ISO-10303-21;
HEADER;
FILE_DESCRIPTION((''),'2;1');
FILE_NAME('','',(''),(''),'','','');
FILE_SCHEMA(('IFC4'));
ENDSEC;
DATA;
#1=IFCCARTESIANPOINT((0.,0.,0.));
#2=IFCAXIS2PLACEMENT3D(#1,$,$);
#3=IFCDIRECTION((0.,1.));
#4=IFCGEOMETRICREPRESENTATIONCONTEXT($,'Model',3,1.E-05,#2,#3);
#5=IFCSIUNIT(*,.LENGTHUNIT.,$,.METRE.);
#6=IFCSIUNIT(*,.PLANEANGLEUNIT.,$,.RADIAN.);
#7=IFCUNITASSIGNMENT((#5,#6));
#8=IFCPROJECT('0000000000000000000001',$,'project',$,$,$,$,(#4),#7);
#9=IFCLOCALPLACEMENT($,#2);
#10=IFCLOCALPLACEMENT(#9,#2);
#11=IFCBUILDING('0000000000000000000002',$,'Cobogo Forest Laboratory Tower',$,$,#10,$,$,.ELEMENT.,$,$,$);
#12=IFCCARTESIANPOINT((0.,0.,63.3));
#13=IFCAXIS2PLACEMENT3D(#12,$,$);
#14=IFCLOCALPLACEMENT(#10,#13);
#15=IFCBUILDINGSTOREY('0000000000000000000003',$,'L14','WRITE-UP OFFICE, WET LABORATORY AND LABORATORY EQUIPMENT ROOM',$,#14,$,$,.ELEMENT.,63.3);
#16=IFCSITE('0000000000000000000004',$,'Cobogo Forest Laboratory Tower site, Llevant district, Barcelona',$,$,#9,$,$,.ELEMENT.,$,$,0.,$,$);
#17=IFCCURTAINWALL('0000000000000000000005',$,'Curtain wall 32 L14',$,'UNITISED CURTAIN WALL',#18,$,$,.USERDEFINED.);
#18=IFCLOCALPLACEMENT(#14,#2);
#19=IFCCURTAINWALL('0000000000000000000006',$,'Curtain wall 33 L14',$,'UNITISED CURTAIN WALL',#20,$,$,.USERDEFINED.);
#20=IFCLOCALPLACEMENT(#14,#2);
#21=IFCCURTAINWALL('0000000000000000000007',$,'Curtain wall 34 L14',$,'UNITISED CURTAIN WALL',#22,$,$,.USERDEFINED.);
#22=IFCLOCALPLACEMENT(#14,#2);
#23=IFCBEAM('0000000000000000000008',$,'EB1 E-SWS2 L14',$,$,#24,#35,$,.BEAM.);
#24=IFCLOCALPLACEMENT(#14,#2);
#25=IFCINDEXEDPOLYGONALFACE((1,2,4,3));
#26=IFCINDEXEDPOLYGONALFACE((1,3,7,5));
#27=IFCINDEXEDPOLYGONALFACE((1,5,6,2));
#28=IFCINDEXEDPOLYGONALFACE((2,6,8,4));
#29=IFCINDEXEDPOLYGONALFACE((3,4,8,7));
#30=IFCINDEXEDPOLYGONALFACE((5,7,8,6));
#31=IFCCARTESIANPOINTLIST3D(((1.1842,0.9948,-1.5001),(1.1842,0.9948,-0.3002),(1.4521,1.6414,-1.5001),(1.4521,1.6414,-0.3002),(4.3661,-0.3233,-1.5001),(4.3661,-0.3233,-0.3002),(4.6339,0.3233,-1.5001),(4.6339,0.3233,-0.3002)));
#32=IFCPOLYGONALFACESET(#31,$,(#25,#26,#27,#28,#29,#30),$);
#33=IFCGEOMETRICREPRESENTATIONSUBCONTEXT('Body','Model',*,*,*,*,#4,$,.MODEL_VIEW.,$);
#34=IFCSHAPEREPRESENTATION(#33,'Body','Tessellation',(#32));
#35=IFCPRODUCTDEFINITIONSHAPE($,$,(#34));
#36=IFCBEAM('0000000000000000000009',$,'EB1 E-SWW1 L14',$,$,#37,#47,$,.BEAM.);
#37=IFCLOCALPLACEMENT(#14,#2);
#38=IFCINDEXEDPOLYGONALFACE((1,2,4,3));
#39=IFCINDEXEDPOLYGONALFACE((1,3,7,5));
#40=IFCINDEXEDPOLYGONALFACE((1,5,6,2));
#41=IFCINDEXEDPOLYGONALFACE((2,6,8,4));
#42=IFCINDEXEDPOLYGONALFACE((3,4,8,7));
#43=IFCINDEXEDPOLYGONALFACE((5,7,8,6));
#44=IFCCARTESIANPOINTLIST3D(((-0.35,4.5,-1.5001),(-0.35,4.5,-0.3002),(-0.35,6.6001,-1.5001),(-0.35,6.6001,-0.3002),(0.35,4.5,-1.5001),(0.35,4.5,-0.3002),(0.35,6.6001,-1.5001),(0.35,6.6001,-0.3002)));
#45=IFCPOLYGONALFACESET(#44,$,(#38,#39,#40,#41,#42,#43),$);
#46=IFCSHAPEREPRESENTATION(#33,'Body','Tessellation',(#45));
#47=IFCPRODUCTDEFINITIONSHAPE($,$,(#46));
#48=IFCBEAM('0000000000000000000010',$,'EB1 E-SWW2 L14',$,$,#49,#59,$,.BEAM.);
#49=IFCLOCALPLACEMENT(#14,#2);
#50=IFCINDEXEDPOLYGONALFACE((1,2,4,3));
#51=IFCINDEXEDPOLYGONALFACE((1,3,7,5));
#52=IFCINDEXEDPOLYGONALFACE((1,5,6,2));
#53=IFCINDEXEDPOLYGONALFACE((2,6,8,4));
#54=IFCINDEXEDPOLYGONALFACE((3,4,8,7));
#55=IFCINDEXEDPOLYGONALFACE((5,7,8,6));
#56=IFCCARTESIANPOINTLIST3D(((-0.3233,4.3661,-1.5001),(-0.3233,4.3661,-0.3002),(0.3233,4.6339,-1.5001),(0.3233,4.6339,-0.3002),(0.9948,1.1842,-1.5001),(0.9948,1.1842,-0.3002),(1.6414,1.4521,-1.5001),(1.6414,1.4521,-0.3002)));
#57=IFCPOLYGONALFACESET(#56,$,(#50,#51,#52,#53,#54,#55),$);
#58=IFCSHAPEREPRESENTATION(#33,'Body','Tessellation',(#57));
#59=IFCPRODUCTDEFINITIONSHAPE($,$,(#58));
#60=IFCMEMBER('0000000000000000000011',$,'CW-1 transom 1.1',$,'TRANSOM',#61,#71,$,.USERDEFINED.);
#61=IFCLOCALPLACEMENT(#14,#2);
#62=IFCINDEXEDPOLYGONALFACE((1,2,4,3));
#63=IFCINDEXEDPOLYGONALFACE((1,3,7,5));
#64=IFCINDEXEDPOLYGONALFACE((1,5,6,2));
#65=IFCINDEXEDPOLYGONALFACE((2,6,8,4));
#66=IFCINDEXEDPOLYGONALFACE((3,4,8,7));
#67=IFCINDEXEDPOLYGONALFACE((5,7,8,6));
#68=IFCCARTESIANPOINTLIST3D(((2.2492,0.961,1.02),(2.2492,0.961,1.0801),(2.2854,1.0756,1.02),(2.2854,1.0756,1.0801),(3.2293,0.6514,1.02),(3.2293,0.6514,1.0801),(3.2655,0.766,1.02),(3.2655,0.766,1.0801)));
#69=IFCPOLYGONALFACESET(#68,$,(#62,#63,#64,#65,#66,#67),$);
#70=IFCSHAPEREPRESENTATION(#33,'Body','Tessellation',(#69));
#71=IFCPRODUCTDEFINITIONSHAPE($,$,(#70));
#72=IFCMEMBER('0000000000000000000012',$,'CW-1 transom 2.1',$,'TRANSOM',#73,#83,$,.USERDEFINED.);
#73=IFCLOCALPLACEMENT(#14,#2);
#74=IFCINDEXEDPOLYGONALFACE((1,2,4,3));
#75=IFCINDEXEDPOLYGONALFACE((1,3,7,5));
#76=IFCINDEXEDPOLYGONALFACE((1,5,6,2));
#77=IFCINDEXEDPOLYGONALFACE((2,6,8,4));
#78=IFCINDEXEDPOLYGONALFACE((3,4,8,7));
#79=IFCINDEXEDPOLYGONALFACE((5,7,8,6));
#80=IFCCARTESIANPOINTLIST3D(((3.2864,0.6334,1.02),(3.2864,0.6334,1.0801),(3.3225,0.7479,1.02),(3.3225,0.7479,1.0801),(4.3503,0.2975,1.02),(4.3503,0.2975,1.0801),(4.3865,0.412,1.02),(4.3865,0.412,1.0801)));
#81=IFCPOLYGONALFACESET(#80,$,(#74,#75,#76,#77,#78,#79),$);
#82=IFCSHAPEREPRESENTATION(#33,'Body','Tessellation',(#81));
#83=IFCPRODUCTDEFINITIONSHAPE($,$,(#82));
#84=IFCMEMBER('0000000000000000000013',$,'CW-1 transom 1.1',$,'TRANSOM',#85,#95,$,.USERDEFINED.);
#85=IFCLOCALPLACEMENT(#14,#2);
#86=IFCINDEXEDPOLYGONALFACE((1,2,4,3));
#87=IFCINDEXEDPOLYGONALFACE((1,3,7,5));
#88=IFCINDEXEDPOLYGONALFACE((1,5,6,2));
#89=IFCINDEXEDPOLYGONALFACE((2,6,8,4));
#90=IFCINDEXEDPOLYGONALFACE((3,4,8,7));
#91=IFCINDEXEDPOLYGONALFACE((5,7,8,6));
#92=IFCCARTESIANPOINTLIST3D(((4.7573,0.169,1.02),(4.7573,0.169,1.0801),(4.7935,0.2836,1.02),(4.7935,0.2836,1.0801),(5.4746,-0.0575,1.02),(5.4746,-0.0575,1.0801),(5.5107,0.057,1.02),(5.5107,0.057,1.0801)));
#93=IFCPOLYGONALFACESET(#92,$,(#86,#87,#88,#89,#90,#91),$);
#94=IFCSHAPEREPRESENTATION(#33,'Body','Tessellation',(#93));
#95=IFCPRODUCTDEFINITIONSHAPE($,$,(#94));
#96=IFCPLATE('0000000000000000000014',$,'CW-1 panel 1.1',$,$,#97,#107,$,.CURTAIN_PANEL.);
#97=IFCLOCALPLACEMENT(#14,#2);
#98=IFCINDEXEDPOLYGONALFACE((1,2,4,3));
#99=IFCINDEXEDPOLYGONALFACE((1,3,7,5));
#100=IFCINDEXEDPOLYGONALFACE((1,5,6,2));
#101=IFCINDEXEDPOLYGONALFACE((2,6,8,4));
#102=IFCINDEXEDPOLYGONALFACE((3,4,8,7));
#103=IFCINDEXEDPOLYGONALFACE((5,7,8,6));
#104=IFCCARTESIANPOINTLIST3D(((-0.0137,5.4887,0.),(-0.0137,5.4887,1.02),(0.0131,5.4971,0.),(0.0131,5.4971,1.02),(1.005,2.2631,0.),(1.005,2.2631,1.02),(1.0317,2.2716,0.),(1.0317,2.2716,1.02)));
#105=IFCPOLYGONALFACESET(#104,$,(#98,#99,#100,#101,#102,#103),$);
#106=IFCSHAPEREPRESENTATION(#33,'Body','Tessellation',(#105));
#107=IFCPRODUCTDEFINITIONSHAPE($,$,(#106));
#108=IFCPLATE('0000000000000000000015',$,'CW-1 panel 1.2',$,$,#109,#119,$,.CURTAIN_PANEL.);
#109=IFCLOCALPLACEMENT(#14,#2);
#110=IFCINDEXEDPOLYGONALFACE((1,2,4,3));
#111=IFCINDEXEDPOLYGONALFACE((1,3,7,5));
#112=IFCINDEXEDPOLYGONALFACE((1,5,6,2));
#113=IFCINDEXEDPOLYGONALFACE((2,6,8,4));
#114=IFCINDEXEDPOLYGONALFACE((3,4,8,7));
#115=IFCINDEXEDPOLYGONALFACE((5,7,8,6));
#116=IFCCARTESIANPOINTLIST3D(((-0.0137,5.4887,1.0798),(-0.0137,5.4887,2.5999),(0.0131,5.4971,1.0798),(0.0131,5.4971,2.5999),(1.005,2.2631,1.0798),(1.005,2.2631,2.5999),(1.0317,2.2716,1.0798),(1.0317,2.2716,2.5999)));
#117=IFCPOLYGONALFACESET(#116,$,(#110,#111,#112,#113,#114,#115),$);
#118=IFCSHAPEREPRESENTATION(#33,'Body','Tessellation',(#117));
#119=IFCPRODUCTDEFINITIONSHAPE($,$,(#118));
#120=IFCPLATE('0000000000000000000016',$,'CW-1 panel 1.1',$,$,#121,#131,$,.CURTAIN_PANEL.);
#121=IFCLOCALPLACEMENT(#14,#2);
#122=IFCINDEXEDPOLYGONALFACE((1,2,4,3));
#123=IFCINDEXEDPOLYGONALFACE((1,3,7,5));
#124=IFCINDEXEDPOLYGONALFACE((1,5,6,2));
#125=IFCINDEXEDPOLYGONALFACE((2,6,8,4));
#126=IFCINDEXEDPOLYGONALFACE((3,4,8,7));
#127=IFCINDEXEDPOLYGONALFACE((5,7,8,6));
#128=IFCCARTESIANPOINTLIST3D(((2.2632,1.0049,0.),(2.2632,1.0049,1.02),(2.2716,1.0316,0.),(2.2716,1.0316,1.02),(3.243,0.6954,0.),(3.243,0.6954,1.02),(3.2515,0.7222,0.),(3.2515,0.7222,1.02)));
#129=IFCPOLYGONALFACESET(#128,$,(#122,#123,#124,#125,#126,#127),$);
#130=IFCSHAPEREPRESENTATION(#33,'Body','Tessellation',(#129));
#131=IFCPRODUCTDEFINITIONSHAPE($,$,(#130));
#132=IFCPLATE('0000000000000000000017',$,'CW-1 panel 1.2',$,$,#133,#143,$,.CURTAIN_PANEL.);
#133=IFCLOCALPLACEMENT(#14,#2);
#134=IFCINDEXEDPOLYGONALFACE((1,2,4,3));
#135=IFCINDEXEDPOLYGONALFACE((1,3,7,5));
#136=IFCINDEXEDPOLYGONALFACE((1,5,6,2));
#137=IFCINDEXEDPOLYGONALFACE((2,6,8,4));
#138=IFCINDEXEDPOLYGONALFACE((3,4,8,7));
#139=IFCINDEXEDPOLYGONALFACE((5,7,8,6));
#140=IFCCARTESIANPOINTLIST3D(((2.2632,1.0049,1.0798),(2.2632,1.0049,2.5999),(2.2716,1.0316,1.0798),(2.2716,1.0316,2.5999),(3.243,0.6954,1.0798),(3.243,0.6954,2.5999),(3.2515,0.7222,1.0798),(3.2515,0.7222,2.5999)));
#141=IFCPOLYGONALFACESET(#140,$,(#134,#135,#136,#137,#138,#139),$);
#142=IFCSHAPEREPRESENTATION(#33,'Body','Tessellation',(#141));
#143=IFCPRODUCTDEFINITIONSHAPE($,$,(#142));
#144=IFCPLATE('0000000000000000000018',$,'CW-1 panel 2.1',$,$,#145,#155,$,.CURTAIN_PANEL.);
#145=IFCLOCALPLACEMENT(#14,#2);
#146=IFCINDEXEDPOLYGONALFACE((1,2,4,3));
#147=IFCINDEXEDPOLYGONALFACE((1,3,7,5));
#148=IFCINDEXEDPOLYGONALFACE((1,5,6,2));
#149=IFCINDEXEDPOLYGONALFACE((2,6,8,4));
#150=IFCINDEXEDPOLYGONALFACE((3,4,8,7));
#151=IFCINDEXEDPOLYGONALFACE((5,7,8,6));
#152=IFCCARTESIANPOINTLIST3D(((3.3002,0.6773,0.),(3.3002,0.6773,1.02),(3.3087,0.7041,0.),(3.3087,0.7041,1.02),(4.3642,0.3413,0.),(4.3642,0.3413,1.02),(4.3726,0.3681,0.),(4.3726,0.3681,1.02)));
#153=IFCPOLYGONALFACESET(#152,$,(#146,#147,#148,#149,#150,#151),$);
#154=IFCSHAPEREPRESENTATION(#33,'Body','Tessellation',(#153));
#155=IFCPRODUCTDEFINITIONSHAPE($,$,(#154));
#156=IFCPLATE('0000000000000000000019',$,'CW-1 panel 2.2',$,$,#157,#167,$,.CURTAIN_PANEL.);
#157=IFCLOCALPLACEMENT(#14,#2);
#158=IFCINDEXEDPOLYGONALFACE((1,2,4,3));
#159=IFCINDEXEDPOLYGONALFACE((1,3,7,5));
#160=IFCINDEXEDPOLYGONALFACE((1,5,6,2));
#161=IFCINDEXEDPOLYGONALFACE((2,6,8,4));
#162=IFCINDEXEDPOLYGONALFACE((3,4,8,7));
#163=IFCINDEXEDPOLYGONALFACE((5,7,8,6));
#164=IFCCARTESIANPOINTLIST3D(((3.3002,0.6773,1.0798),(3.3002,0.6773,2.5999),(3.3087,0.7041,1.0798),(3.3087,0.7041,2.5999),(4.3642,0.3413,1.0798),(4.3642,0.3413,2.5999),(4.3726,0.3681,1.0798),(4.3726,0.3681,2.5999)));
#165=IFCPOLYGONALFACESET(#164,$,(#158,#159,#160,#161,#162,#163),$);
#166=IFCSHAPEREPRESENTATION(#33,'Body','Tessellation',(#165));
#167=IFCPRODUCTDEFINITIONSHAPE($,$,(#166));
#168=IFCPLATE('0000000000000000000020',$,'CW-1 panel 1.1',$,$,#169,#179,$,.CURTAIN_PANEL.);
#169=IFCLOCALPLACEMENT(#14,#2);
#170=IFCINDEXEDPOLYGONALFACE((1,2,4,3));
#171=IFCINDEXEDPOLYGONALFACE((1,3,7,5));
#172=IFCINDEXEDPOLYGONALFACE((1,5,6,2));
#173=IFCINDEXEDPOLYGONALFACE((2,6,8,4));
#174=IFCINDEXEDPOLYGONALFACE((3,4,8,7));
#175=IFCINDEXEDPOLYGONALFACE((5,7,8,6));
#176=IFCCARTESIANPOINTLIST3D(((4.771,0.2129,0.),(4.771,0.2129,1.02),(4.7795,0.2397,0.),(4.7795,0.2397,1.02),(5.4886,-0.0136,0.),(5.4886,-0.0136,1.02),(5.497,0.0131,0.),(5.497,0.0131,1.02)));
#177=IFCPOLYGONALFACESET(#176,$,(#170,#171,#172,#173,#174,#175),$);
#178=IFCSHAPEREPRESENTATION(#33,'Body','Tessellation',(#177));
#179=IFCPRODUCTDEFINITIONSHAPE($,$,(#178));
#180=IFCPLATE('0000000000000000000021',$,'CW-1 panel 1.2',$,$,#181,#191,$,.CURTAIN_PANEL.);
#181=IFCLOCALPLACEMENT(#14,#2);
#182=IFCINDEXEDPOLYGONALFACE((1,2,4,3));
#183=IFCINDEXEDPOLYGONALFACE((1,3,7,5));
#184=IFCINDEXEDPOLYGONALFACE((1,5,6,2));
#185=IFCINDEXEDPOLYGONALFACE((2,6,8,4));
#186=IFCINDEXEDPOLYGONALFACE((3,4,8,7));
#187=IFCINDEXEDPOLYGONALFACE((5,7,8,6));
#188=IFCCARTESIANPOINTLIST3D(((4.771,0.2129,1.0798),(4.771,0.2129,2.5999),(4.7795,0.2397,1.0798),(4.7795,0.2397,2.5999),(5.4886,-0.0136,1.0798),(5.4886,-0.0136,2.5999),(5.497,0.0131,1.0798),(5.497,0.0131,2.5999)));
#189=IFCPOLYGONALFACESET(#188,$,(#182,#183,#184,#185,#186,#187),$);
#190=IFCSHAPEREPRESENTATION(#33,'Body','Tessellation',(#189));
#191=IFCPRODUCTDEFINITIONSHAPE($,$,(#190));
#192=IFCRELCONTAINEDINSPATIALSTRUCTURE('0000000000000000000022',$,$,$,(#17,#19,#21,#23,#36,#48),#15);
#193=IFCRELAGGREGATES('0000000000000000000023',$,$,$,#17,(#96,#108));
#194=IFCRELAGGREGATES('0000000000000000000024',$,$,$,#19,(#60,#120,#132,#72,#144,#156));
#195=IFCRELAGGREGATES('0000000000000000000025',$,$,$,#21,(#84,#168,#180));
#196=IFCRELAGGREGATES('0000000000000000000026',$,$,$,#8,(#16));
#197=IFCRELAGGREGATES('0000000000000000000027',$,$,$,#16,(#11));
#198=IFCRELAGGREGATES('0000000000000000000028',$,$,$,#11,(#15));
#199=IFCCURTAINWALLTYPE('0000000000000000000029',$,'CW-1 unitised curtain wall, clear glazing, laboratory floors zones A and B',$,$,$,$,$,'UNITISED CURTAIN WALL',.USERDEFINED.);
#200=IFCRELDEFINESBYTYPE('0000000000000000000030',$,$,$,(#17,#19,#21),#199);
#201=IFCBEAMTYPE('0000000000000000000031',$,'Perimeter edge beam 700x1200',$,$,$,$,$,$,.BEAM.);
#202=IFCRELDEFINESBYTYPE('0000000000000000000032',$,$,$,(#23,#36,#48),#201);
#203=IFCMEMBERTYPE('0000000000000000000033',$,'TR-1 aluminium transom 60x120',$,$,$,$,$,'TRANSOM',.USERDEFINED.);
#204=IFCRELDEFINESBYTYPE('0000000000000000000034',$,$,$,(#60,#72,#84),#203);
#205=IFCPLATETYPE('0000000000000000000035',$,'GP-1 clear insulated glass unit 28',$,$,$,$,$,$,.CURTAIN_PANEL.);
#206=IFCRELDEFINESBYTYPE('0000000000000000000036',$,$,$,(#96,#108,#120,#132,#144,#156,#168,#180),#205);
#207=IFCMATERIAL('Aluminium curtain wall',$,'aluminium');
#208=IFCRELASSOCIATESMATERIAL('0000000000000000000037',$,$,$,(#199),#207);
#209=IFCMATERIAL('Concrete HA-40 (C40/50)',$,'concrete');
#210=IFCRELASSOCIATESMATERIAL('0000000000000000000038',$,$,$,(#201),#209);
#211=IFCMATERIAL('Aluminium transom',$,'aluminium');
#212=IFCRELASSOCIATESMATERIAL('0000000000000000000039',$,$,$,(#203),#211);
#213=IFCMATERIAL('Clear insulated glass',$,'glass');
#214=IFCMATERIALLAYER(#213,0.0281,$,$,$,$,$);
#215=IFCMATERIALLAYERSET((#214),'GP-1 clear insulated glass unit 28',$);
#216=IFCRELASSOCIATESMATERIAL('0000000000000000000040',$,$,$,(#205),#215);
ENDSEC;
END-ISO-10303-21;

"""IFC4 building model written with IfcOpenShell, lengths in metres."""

from ifc_helpers import new_model, si_unit, direction, frame, origin, origin_2d, place, context, subcontext, project, spatial, rectangle, extrude, material, layer, layer_set, material_profile, profile_set, type_object, element, aggregate, save


model = new_model("IFC4")

# Units and contexts
model_context = context("Model", 3, precision=1e-05, world=origin(), true_north=direction((0.0, 1.0)))
body_context = subcontext(model_context, "Body", "Model", "MODEL_VIEW")
ifc_project = project(units=[si_unit("LENGTHUNIT", "METRE"), si_unit("PLANEANGLEUNIT", "RADIAN")], contexts=[model_context])

# Site, building, storey
site_placement = place(None, origin())
site = spatial("IfcSite", under=ifc_project, at=site_placement, Name="Cobogo Forest Laboratory Tower site, Llevant district, Barcelona", CompositionType="ELEMENT", RefElevation=0.0)
building_placement = place(site_placement, origin())
building = spatial("IfcBuilding", under=site, at=building_placement, Name="Cobogo Forest Laboratory Tower", CompositionType="ELEMENT")
storey_placement = place(building_placement, frame((0.0, 0.0, 63.3)))
storey = spatial("IfcBuildingStorey", under=building, at=storey_placement, Name="L14", Description="WRITE-UP OFFICE, WET LABORATORY AND LABORATORY EQUIPMENT ROOM", CompositionType="ELEMENT", Elevation=63.3)

# Curtain wall
ifc_material_1 = material(Name="Aluminium curtain wall", Category="aluminium")
curtain_wall_type = type_object("IfcCurtainWallType", Name="CW-1 unitised curtain wall, clear glazing, laboratory floors zones A and B", ElementType="UNITISED CURTAIN WALL", PredefinedType="USERDEFINED", material=ifc_material_1)
curtain_wall_1_placement = place(storey_placement, origin())
curtain_wall_1 = element("IfcCurtainWall", 1, at=curtain_wall_1_placement, inside=storey, type_object=curtain_wall_type, Name="Curtain wall 32 L14", ObjectType="UNITISED CURTAIN WALL", PredefinedType="USERDEFINED")

# Curtain wall
curtain_wall_2_placement = place(storey_placement, origin())
curtain_wall_2 = element("IfcCurtainWall", 2, at=curtain_wall_2_placement, inside=storey, type_object=curtain_wall_type, Name="Curtain wall 33 L14", ObjectType="UNITISED CURTAIN WALL", PredefinedType="USERDEFINED")

# Curtain wall
curtain_wall_3_placement = place(storey_placement, origin())
curtain_wall_3 = element("IfcCurtainWall", 3, at=curtain_wall_3_placement, inside=storey, type_object=curtain_wall_type, Name="Curtain wall 34 L14", ObjectType="UNITISED CURTAIN WALL", PredefinedType="USERDEFINED")

# Beams
ifc_material_2 = material(Name="Concrete HA-40 (C40/50)", Category="concrete")
ifc_material_profile_1 = material_profile(ifc_material_2, rectangle(XDim=0.7, YDim=1.2, at=origin_2d()), Name="RC 700x1200")
ifc_profile_set_1 = profile_set([ifc_material_profile_1], Name="Concrete HA-40 (C40/50)")
beam_type_1 = type_object("IfcBeamType", Name="Perimeter edge beam 700x1200", PredefinedType="BEAM", material=ifc_profile_set_1)
beam_1_placement = place(storey_placement, frame((4.5, 0.0, -0.9001), z_axis=(-0.923866, 0.382717, 0.0), x_axis=(-0.382717, -0.923866, 0.0)))
element("IfcBeam", 4, at=beam_1_placement, inside=storey, type_object=beam_type_1, Name="EB1 E-SWS2 L14", PredefinedType="BEAM", context=body_context, shape_type="SweptSolid", body=[
    extrude(rectangle(XDim=0.7, YDim=1.2, at=origin_2d()), origin(), (0.0, 0.0, 1.0), 3.4441),
])
beam_2_placement = place(storey_placement, frame((0.0, 6.6001, -0.9001), z_axis=(0.0, -1.0, 0.0), x_axis=(1.0, 0.0, 0.0)))
element("IfcBeam", 5, at=beam_2_placement, inside=storey, type_object=beam_type_1, Name="EB1 E-SWW1 L14", PredefinedType="BEAM", context=body_context, shape_type="SweptSolid", body=[
    extrude(rectangle(XDim=0.7, YDim=1.2, at=origin_2d()), origin(), (0.0, 0.0, 1.0), 2.1001),
])
beam_3_placement = place(storey_placement, frame((0.0, 4.5, -0.9001), z_axis=(0.382717, -0.923866, 0.0), x_axis=(0.923866, 0.382717, 0.0)))
element("IfcBeam", 6, at=beam_3_placement, inside=storey, type_object=beam_type_1, Name="EB1 E-SWW2 L14", PredefinedType="BEAM", context=body_context, shape_type="SweptSolid", body=[
    extrude(rectangle(XDim=0.7, YDim=1.2, at=origin_2d()), origin(), (0.0, 0.0, 1.0), 3.4441),
])

# Members
ifc_material_3 = material(Name="Aluminium transom", Category="aluminium")
ifc_material_profile_2 = material_profile(ifc_material_3, rectangle(XDim=0.1201, YDim=0.0601, at=origin_2d()), Name="AL 60x120")
ifc_profile_set_2 = profile_set([ifc_material_profile_2], Name="Aluminium transom")
member_type_1 = type_object("IfcMemberType", Name="TR-1 aluminium transom 60x120", ElementType="TRANSOM", PredefinedType="USERDEFINED", material=ifc_profile_set_2)
member_1_placement = place(storey_placement, frame((2.2673, 1.0183, 1.05), z_axis=(0.953554, -0.301222, 0.0), x_axis=(0.301222, 0.953554, 0.0)))
member_1 = element("IfcMember", 7, at=member_1_placement, type_object=member_type_1, Name="CW-1 transom 1.1", ObjectType="TRANSOM", PredefinedType="USERDEFINED", context=body_context, shape_type="SweptSolid", body=[
    extrude(rectangle(XDim=0.1201, YDim=0.0601, at=origin_2d()), origin(), (0.0, 0.0, 1.0), 1.0278),
])
member_2_placement = place(storey_placement, frame((3.3044, 0.6907, 1.05), z_axis=(0.953596, -0.301089, 0.0), x_axis=(0.301089, 0.953596, 0.0)))
member_2 = element("IfcMember", 8, at=member_2_placement, type_object=member_type_1, Name="CW-1 transom 2.1", ObjectType="TRANSOM", PredefinedType="USERDEFINED", context=body_context, shape_type="SweptSolid", body=[
    extrude(rectangle(XDim=0.1201, YDim=0.0601, at=origin_2d()), origin(), (0.0, 0.0, 1.0), 1.1157),
])
member_3_placement = place(storey_placement, frame((4.7754, 0.2263, 1.05), z_axis=(0.953563, -0.301194, 0.0), x_axis=(0.301194, 0.953563, 0.0)))
member_3 = element("IfcMember", 9, at=member_3_placement, type_object=member_type_1, Name="CW-1 transom 1.1", ObjectType="TRANSOM", PredefinedType="USERDEFINED", context=body_context, shape_type="SweptSolid", body=[
    extrude(rectangle(XDim=0.1201, YDim=0.0601, at=origin_2d()), origin(), (0.0, 0.0, 1.0), 0.7522),
])

# Plates
ifc_material_4 = material(Name="Clear insulated glass", Category="glass")
ifc_layer_1 = layer(ifc_material_4, 0.0281)
ifc_layer_set_1 = layer_set([ifc_layer_1], Name="GP-1 clear insulated glass unit 28")
plate_type = type_object("IfcPlateType", Name="GP-1 clear insulated glass unit 28", PredefinedType="CURTAIN_PANEL", material=ifc_layer_set_1)
plate_1_placement = place(storey_placement, frame((0.509, 3.8801, 0.0), z_axis=(0.0, 0.0, 1.0), x_axis=(0.301135, -0.953581, 0.0)))
plate_1 = element("IfcPlate", 10, at=plate_1_placement, type_object=plate_type, Name="CW-1 panel 1.1", PredefinedType="CURTAIN_PANEL", context=body_context, shape_type="SweptSolid", body=[
    extrude(rectangle(XDim=3.3826, YDim=0.0281, at=origin_2d()), origin(), (0.0, 0.0, 1.0), 1.02),
])
plate_2_placement = place(storey_placement, frame((0.509, 3.8801, 1.0798), z_axis=(0.0, 0.0, 1.0), x_axis=(0.301135, -0.953581, 0.0)))
plate_2 = element("IfcPlate", 11, at=plate_2_placement, type_object=plate_type, Name="CW-1 panel 1.2", PredefinedType="CURTAIN_PANEL", context=body_context, shape_type="SweptSolid", body=[
    extrude(rectangle(XDim=3.3826, YDim=0.0281, at=origin_2d()), origin(), (0.0, 0.0, 1.0), 1.52),
])
aggregate(curtain_wall_1, [plate_1, plate_2])
plate_3_placement = place(storey_placement, frame((2.7573, 0.8635, 0.0), z_axis=(0.0, 0.0, 1.0), x_axis=(0.953581, -0.301135, 0.0)))
plate_3 = element("IfcPlate", 12, at=plate_3_placement, type_object=plate_type, Name="CW-1 panel 1.1", PredefinedType="CURTAIN_PANEL", context=body_context, shape_type="SweptSolid", body=[
    extrude(rectangle(XDim=1.0276, YDim=0.0281, at=origin_2d()), origin(), (0.0, 0.0, 1.0), 1.02),
])
plate_4_placement = place(storey_placement, frame((2.7573, 0.8635, 1.0798), z_axis=(0.0, 0.0, 1.0), x_axis=(0.953581, -0.301135, 0.0)))
plate_4 = element("IfcPlate", 13, at=plate_4_placement, type_object=plate_type, Name="CW-1 panel 1.2", PredefinedType="CURTAIN_PANEL", context=body_context, shape_type="SweptSolid", body=[
    extrude(rectangle(XDim=1.0276, YDim=0.0281, at=origin_2d()), origin(), (0.0, 0.0, 1.0), 1.52),
])
plate_5_placement = place(storey_placement, frame((3.8364, 0.5227, 0.0), z_axis=(0.0, 0.0, 1.0), x_axis=(0.953581, -0.301135, 0.0)))
plate_5 = element("IfcPlate", 14, at=plate_5_placement, type_object=plate_type, Name="CW-1 panel 2.1", PredefinedType="CURTAIN_PANEL", context=body_context, shape_type="SweptSolid", body=[
    extrude(rectangle(XDim=1.1157, YDim=0.0281, at=origin_2d()), origin(), (0.0, 0.0, 1.0), 1.02),
])
plate_6_placement = place(storey_placement, frame((3.8364, 0.5227, 1.0798), z_axis=(0.0, 0.0, 1.0), x_axis=(0.953581, -0.301135, 0.0)))
plate_6 = element("IfcPlate", 15, at=plate_6_placement, type_object=plate_type, Name="CW-1 panel 2.2", PredefinedType="CURTAIN_PANEL", context=body_context, shape_type="SweptSolid", body=[
    extrude(rectangle(XDim=1.1157, YDim=0.0281, at=origin_2d()), origin(), (0.0, 0.0, 1.0), 1.52),
])
aggregate(curtain_wall_2, [member_1, plate_3, plate_4, member_2, plate_5, plate_6])
plate_7_placement = place(storey_placement, frame((5.134, 0.113, 0.0), z_axis=(0.0, 0.0, 1.0), x_axis=(0.953582, -0.301135, 0.0)))
plate_7 = element("IfcPlate", 16, at=plate_7_placement, type_object=plate_type, Name="CW-1 panel 1.1", PredefinedType="CURTAIN_PANEL", context=body_context, shape_type="SweptSolid", body=[
    extrude(rectangle(XDim=0.7524, YDim=0.0281, at=origin_2d()), origin(), (0.0, 0.0, 1.0), 1.02),
])
plate_8_placement = place(storey_placement, frame((5.134, 0.113, 1.0798), z_axis=(0.0, 0.0, 1.0), x_axis=(0.953582, -0.301135, 0.0)))
plate_8 = element("IfcPlate", 17, at=plate_8_placement, type_object=plate_type, Name="CW-1 panel 1.2", PredefinedType="CURTAIN_PANEL", context=body_context, shape_type="SweptSolid", body=[
    extrude(rectangle(XDim=0.7524, YDim=0.0281, at=origin_2d()), origin(), (0.0, 0.0, 1.0), 1.52),
])
aggregate(curtain_wall_3, [member_3, plate_7, plate_8])

save(model, "model.ifc")
